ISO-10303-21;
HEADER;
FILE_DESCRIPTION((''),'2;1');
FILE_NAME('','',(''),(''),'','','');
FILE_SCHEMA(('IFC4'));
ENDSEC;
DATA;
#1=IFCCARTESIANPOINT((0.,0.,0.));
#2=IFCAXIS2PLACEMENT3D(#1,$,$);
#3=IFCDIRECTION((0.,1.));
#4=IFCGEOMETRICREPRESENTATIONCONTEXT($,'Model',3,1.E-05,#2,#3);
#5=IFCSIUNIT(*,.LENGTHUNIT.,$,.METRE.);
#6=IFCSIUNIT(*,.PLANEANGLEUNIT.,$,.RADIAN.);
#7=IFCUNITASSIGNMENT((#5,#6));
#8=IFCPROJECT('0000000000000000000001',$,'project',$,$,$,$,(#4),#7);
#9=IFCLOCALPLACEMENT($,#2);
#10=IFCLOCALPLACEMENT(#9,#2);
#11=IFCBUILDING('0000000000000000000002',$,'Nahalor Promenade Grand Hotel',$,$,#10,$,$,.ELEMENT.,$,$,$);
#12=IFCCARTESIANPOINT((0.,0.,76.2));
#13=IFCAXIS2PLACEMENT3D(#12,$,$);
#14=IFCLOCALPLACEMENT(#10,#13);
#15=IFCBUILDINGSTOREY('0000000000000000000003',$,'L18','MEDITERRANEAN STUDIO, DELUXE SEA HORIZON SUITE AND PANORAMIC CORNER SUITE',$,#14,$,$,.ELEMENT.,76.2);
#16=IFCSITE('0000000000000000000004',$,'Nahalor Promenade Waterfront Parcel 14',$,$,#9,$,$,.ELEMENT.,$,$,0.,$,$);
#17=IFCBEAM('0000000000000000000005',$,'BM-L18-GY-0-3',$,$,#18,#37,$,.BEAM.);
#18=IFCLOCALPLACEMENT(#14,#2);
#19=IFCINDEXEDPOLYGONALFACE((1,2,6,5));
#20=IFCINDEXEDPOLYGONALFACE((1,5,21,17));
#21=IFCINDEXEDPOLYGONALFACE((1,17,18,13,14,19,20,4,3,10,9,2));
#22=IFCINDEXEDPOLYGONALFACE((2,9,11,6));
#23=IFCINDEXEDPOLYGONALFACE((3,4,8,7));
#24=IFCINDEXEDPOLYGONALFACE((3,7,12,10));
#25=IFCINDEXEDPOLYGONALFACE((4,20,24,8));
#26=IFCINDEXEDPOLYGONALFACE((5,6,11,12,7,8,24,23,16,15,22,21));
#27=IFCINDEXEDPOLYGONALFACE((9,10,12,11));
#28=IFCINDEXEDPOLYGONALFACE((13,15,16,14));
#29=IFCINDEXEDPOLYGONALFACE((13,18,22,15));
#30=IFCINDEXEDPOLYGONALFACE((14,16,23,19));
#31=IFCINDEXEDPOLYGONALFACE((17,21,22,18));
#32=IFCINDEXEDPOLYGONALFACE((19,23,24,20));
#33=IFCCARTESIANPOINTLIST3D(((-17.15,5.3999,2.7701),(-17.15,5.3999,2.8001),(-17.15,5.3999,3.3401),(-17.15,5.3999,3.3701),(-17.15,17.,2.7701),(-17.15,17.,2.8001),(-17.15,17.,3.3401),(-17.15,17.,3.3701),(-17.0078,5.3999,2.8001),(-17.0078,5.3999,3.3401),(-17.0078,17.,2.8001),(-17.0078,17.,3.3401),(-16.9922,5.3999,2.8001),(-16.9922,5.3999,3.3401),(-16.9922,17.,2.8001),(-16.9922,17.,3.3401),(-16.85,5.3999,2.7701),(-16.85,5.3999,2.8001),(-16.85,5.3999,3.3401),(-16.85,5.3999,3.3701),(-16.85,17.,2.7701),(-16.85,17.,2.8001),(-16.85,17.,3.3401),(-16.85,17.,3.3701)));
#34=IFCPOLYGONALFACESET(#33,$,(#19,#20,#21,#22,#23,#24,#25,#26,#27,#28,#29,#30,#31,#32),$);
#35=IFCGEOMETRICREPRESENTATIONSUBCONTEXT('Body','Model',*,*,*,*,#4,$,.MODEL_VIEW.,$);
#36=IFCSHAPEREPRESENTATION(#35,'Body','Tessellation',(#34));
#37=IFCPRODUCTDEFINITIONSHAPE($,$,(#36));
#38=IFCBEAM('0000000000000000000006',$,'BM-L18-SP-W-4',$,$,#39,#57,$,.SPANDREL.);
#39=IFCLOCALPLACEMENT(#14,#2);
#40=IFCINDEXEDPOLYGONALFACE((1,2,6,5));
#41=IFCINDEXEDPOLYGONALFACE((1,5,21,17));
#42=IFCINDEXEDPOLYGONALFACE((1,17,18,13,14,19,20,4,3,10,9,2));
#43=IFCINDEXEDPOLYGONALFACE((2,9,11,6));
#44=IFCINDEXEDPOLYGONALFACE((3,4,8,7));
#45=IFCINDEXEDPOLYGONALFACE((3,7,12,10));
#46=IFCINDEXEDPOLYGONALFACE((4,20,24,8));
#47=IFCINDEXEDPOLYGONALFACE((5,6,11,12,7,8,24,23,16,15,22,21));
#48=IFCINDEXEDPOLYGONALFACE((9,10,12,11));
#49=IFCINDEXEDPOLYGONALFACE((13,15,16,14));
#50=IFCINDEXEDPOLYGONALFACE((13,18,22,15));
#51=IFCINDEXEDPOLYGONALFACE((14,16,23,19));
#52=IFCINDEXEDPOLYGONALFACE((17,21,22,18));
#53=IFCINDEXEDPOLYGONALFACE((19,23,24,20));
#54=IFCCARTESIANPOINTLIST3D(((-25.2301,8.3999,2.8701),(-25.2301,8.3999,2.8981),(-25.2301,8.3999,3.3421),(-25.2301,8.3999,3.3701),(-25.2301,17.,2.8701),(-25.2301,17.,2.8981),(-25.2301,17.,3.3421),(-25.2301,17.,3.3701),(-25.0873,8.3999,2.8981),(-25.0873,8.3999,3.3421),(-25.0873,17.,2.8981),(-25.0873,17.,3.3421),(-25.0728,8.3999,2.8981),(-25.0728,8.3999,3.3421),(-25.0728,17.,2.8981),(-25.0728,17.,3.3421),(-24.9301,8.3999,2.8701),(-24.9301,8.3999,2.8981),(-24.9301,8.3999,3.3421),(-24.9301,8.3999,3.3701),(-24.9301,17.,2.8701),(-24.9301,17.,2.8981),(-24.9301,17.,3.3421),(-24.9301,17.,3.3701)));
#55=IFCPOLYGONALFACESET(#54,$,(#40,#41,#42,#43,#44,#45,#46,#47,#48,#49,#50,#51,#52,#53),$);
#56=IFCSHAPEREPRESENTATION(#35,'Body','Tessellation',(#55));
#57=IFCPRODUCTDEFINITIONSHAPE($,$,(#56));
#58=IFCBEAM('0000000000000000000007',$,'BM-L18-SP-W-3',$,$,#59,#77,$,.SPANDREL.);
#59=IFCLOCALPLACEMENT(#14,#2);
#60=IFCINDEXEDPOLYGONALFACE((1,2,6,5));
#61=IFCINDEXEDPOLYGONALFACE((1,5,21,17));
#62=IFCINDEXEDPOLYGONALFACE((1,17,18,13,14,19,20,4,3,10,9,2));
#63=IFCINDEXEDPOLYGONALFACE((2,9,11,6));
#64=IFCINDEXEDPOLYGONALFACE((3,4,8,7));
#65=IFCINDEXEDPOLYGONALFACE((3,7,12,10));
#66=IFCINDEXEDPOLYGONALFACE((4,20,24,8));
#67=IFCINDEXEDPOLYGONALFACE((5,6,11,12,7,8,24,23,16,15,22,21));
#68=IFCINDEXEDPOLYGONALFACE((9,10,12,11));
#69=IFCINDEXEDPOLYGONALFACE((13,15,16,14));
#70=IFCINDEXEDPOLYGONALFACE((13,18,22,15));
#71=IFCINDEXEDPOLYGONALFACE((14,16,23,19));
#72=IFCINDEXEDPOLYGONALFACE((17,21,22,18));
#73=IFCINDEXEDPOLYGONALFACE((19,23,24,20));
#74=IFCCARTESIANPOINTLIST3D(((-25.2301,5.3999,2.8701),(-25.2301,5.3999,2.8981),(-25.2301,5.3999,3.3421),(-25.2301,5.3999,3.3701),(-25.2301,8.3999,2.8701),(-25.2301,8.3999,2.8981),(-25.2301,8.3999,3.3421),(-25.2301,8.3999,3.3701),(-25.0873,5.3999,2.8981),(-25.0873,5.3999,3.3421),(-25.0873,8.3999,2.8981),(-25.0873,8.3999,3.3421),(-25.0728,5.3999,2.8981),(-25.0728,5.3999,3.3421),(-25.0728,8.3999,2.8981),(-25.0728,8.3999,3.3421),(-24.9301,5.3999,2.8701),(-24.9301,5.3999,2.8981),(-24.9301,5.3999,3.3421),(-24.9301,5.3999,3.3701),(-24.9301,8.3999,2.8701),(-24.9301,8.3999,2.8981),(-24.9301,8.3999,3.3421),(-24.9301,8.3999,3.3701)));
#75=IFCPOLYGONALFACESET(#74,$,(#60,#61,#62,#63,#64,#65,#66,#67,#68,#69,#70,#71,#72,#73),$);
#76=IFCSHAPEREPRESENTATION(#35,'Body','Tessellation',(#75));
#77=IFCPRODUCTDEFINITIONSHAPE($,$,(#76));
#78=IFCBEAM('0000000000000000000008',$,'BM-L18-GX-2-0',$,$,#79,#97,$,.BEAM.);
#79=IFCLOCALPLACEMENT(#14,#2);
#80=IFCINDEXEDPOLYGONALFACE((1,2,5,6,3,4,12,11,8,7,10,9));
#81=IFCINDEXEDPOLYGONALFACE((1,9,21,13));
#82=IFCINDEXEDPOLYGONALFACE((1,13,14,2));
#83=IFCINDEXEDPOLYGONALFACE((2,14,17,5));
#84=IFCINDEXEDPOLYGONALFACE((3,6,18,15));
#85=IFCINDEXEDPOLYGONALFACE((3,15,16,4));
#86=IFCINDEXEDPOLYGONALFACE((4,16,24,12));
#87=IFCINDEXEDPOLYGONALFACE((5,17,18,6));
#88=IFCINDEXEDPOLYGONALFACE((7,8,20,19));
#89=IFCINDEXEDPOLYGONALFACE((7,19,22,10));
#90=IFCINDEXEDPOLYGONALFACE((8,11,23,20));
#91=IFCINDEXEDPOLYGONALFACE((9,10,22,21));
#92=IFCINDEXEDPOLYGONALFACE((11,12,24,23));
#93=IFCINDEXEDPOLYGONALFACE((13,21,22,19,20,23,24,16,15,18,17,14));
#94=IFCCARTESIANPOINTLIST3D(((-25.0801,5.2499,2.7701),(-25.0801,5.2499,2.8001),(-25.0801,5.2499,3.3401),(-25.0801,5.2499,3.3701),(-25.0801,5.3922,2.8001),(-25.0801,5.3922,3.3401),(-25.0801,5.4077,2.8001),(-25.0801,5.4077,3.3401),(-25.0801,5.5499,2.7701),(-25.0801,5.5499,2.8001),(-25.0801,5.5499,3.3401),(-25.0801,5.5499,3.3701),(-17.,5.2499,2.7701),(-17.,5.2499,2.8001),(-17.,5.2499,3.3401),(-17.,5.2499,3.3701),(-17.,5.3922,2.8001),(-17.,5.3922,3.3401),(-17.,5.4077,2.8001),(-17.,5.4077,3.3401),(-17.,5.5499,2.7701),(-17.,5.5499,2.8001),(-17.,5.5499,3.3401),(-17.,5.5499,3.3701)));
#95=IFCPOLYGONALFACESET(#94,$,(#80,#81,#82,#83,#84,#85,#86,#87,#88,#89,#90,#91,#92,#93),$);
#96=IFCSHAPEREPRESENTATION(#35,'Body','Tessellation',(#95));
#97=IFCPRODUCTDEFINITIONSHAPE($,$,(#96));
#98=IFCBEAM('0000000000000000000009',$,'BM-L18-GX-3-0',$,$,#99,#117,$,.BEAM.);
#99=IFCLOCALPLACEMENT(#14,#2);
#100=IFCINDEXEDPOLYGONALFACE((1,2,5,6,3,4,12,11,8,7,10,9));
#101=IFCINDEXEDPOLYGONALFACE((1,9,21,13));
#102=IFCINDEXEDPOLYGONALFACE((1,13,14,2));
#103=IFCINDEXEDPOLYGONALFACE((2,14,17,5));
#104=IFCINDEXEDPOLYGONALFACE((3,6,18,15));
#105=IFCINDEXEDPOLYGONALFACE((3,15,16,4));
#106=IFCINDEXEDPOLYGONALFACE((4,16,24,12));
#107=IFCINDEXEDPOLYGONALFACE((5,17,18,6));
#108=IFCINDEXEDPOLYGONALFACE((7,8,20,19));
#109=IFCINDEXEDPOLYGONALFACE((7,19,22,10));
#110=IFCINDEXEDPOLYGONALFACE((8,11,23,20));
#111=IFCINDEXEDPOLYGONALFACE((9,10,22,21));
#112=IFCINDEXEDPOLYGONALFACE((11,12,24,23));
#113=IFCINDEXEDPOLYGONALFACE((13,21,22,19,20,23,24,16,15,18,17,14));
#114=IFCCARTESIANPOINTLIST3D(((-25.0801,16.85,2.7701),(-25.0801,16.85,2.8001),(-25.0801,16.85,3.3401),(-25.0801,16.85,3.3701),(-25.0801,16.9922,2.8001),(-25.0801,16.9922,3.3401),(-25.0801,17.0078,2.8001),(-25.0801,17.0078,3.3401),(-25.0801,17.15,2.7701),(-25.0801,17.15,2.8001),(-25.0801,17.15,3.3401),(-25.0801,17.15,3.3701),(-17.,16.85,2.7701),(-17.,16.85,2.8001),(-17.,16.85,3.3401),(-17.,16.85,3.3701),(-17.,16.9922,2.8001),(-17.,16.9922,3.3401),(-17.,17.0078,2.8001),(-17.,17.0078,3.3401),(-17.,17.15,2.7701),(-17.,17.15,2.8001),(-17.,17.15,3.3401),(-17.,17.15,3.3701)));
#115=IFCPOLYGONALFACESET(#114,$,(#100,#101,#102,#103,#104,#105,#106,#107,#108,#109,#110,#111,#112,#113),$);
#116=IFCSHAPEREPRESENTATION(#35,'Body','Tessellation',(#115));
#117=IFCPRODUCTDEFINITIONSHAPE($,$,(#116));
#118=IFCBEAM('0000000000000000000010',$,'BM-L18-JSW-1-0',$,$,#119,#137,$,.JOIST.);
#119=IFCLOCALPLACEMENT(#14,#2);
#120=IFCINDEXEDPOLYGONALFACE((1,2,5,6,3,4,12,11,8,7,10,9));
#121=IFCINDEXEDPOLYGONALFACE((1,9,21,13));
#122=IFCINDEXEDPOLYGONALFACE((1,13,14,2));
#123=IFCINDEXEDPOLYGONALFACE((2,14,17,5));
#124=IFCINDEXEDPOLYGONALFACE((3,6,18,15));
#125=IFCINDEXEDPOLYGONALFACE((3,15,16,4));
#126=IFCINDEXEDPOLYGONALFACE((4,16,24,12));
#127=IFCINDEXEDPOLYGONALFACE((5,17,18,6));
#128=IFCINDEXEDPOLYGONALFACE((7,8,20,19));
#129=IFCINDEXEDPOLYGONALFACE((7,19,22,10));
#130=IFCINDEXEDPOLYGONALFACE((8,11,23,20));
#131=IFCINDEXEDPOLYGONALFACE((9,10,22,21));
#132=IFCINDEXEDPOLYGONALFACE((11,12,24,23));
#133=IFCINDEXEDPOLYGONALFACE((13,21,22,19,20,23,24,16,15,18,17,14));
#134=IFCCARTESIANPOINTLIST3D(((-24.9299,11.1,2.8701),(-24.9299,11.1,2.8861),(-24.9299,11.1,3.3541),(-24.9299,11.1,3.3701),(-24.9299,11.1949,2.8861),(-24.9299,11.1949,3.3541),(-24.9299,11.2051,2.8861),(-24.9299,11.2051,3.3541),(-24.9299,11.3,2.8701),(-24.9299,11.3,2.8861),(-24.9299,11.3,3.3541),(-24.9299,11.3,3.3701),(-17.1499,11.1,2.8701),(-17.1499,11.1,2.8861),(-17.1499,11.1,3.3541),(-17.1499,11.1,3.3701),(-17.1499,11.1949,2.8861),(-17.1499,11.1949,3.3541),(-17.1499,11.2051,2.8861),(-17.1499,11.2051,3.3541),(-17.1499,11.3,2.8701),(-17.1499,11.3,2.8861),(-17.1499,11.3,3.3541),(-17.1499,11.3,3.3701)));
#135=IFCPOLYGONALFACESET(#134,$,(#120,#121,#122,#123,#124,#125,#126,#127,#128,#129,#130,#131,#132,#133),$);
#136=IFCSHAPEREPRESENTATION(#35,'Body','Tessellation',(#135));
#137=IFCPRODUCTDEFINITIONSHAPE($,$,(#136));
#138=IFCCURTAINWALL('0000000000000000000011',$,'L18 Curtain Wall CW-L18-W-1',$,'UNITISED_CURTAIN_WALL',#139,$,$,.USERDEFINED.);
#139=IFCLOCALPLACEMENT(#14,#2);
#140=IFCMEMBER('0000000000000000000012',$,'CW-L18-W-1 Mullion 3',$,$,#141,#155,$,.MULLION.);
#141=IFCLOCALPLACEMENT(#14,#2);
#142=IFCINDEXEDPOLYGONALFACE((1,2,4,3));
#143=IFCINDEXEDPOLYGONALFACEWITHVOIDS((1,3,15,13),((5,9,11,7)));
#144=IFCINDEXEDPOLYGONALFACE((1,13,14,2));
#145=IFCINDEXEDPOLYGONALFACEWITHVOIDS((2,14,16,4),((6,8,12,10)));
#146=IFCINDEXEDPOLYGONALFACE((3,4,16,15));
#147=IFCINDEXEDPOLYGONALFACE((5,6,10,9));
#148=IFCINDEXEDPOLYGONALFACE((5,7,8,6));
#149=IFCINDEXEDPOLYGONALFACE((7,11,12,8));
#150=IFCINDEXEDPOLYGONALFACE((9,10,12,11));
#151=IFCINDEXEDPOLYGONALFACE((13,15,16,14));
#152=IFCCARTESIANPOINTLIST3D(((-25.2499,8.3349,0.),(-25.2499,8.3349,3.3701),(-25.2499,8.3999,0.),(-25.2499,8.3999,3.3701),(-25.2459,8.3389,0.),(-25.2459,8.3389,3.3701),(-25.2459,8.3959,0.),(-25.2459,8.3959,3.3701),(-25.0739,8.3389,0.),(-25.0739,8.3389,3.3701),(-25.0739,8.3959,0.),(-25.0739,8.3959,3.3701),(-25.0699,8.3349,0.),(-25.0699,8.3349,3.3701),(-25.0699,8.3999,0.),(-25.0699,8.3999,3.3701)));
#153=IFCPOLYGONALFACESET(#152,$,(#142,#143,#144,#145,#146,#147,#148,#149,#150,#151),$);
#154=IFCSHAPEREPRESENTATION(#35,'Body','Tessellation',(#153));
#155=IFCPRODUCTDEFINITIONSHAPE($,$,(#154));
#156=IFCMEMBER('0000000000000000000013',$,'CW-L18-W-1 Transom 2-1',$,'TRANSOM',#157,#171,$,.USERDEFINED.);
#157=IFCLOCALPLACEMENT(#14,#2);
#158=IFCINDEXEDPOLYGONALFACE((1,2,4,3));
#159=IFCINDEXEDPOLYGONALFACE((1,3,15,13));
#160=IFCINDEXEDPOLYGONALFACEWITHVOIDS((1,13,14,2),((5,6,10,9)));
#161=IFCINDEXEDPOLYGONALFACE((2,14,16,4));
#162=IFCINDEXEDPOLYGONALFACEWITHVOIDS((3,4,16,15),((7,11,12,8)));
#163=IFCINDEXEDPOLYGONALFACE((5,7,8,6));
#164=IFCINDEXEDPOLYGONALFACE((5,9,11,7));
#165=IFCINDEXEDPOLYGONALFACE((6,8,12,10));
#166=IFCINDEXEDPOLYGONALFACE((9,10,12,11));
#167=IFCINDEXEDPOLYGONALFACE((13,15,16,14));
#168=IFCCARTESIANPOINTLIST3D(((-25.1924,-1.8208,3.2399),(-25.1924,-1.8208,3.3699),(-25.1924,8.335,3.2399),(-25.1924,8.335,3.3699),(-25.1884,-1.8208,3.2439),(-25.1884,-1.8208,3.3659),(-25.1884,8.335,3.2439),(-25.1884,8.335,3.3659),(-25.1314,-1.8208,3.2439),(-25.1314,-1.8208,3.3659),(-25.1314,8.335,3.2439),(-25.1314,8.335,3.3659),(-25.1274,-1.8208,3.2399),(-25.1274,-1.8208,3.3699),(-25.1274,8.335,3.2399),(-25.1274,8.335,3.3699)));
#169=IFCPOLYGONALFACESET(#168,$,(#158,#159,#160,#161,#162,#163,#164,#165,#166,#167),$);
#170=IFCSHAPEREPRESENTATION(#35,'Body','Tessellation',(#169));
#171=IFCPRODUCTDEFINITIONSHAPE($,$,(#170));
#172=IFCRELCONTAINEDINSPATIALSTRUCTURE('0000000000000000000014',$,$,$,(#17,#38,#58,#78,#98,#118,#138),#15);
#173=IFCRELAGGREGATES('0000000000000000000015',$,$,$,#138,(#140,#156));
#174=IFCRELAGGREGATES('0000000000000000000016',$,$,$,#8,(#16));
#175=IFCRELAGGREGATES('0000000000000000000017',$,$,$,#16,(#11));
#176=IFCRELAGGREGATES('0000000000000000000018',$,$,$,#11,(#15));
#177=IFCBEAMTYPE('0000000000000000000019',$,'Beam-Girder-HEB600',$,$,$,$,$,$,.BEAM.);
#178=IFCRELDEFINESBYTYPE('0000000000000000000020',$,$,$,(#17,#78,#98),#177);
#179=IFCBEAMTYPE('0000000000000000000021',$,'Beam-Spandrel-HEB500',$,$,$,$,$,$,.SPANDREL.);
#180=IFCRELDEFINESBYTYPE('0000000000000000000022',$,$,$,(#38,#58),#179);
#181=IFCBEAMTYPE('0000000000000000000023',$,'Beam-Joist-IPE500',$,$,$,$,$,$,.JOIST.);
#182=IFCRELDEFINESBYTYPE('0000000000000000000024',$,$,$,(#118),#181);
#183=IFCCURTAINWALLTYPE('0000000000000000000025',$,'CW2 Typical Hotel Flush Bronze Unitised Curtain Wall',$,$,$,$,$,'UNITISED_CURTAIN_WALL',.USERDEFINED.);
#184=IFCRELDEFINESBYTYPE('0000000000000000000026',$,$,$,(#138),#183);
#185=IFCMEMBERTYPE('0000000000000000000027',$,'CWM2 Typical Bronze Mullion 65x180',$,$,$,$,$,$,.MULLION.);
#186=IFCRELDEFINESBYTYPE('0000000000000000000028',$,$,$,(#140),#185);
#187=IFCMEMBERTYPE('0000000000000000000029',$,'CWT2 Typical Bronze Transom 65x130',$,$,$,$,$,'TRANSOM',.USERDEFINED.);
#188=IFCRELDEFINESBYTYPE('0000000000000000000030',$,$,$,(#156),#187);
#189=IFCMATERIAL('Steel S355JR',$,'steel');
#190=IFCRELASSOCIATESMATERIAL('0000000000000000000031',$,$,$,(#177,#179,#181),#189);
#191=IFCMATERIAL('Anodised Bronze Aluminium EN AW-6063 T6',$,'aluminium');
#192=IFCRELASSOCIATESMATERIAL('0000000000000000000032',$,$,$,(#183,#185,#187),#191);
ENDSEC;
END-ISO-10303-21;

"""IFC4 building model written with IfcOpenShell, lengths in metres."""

from ifc_helpers import new_model, si_unit, direction, frame, origin, origin_2d, place, context, subcontext, project, spatial, hollow_rectangle, i_section, extrude, source, transform, mapped, material, material_profile, profile_set, type_object, element, aggregate, save


model = new_model("IFC4")

# Units and contexts
model_context = context("Model", 3, precision=1e-05, world=origin(), true_north=direction((0.0, 1.0)))
body_context = subcontext(model_context, "Body", "Model", "MODEL_VIEW")
ifc_project = project(units=[si_unit("LENGTHUNIT", "METRE"), si_unit("PLANEANGLEUNIT", "RADIAN")], contexts=[model_context])

# Site, building, storey
site_placement = place(None, origin())
site = spatial("IfcSite", under=ifc_project, at=site_placement, Name="Nahalor Promenade Waterfront Parcel 14", CompositionType="ELEMENT", RefElevation=0.0)
building_placement = place(site_placement, origin())
building = spatial("IfcBuilding", under=site, at=building_placement, Name="Nahalor Promenade Grand Hotel", CompositionType="ELEMENT")
storey_placement = place(building_placement, frame((0.0, 0.0, 76.2)))
storey = spatial("IfcBuildingStorey", under=building, at=storey_placement, Name="L18", Description="MEDITERRANEAN STUDIO, DELUXE SEA HORIZON SUITE AND PANORAMIC CORNER SUITE", CompositionType="ELEMENT", Elevation=76.2)

# Beams
ifc_material_1 = material(Name="Steel S355JR", Category="steel")
ifc_material_profile_1 = material_profile(ifc_material_1, i_section(OverallWidth=0.3, OverallDepth=0.6, WebThickness=0.0155, FlangeThickness=0.03, at=origin_2d()), Name="HEB 600")
ifc_profile_set_1 = profile_set([ifc_material_profile_1], Name="Steel S355JR")
beam_type_1 = type_object("IfcBeamType", Name="Beam-Girder-HEB600", PredefinedType="BEAM", material=ifc_profile_set_1)
shared_shape_1 = source(origin(), body_context, "Body", "SweptSolid", [
    extrude(i_section(OverallWidth=0.3, OverallDepth=0.6, WebThickness=0.0155, FlangeThickness=0.03, at=origin_2d()), origin(), (0.0, 0.0, 1.0), 11.6001),
])
beam_1_placement = place(storey_placement, frame((-17.0, 5.3999, 3.0701), z_axis=(0.0, 1.0, 0.0), x_axis=(-1.0, 0.0, 0.0)))
element("IfcBeam", 1, at=beam_1_placement, inside=storey, type_object=beam_type_1, Name="BM-L18-GY-0-3", PredefinedType="BEAM", context=body_context, shape_type="MappedRepresentation", body=[
    mapped(shared_shape_1, transform((0.0, 0.0, 0.0), scale=1.0)),
])
ifc_material_profile_2 = material_profile(ifc_material_1, i_section(OverallWidth=0.3, OverallDepth=0.5, WebThickness=0.0145, FlangeThickness=0.028, at=origin_2d()), Name="HEB 500")
ifc_profile_set_2 = profile_set([ifc_material_profile_2], Name="Steel S355JR")
beam_type_2 = type_object("IfcBeamType", Name="Beam-Spandrel-HEB500", PredefinedType="SPANDREL", material=ifc_profile_set_2)
shared_shape_2 = source(origin(), body_context, "Body", "SweptSolid", [
    extrude(i_section(OverallWidth=0.3, OverallDepth=0.5, WebThickness=0.0145, FlangeThickness=0.028, at=origin_2d()), origin(), (0.0, 0.0, 1.0), 8.6001),
])
beam_2_placement = place(storey_placement, frame((-25.0801, 8.3999, 3.1201), z_axis=(0.0, 1.0, 0.0), x_axis=(-1.0, 0.0, 0.0)))
element("IfcBeam", 2, at=beam_2_placement, inside=storey, type_object=beam_type_2, Name="BM-L18-SP-W-4", PredefinedType="SPANDREL", context=body_context, shape_type="MappedRepresentation", body=[
    mapped(shared_shape_2, transform((0.0, 0.0, 0.0), scale=1.0)),
])
shared_shape_3 = source(origin(), body_context, "Body", "SweptSolid", [
    extrude(i_section(OverallWidth=0.3, OverallDepth=0.5, WebThickness=0.0145, FlangeThickness=0.028, at=origin_2d()), origin(), (0.0, 0.0, 1.0), 3.0),
])
beam_3_placement = place(storey_placement, frame((-25.0801, 5.3999, 3.1201), z_axis=(0.0, 1.0, 0.0), x_axis=(-1.0, 0.0, 0.0)))
element("IfcBeam", 3, at=beam_3_placement, inside=storey, type_object=beam_type_2, Name="BM-L18-SP-W-3", PredefinedType="SPANDREL", context=body_context, shape_type="MappedRepresentation", body=[
    mapped(shared_shape_3, transform((0.0, 0.0, 0.0), scale=1.0)),
])
shared_shape_4 = source(origin(), body_context, "Body", "SweptSolid", [
    extrude(i_section(OverallWidth=0.3, OverallDepth=0.6, WebThickness=0.0155, FlangeThickness=0.03, at=origin_2d()), origin(), (0.0, 0.0, 1.0), 8.0801),
])
for number, where, z_axis, x_axis, name in (
    (4, (-25.0801, 5.3999, 3.0701), (1.0, 0.0, 0.0), (0.0, 1.0, 0.0), "BM-L18-GX-2-0"),
    (5, (-25.0801, 17.0, 3.0701), (1.0, 0.0, 0.0), (0.0, 1.0, 0.0), "BM-L18-GX-3-0"),
):
    element("IfcBeam", number, at=place(storey_placement, frame(where, z_axis=z_axis, x_axis=x_axis)), inside=storey, type_object=beam_type_1, Name=name, PredefinedType="BEAM", context=body_context, shape_type="MappedRepresentation", body=[
        mapped(shared_shape_4, transform((0.0, 0.0, 0.0), scale=1.0)),
    ])
ifc_material_profile_3 = material_profile(ifc_material_1, i_section(OverallWidth=0.2, OverallDepth=0.5, WebThickness=0.0102, FlangeThickness=0.016, at=origin_2d()), Name="IPE 500")
ifc_profile_set_3 = profile_set([ifc_material_profile_3], Name="Steel S355JR")
beam_type_3 = type_object("IfcBeamType", Name="Beam-Joist-IPE500", PredefinedType="JOIST", material=ifc_profile_set_3)
shared_shape_5 = source(origin(), body_context, "Body", "SweptSolid", [
    extrude(i_section(OverallWidth=0.2, OverallDepth=0.5, WebThickness=0.0102, FlangeThickness=0.016, at=origin_2d()), origin(), (0.0, 0.0, 1.0), 7.78),
])
beam_4_placement = place(storey_placement, frame((-24.9299, 11.2, 3.1201), z_axis=(1.0, 0.0, 0.0), x_axis=(0.0, 1.0, 0.0)))
element("IfcBeam", 6, at=beam_4_placement, inside=storey, type_object=beam_type_3, Name="BM-L18-JSW-1-0", PredefinedType="JOIST", context=body_context, shape_type="MappedRepresentation", body=[
    mapped(shared_shape_5, transform((0.0, 0.0, 0.0), scale=1.0)),
])

# Curtain wall, members
ifc_material_2 = material(Name="Anodised Bronze Aluminium EN AW-6063 T6", Category="aluminium")
curtain_wall_type = type_object("IfcCurtainWallType", Name="CW2 Typical Hotel Flush Bronze Unitised Curtain Wall", ElementType="UNITISED_CURTAIN_WALL", PredefinedType="USERDEFINED", material=ifc_material_2)
curtain_wall_placement = place(storey_placement, origin())
curtain_wall = element("IfcCurtainWall", 7, at=curtain_wall_placement, inside=storey, type_object=curtain_wall_type, Name="L18 Curtain Wall CW-L18-W-1", ObjectType="UNITISED_CURTAIN_WALL", PredefinedType="USERDEFINED")
ifc_material_profile_4 = material_profile(ifc_material_2, hollow_rectangle(XDim=0.065, YDim=0.18, WallThickness=0.004, at=origin_2d()), Name="CWM 65x180x4")
ifc_profile_set_4 = profile_set([ifc_material_profile_4], Name="Anodised Bronze Aluminium EN AW-6063 T6")
member_type_1 = type_object("IfcMemberType", Name="CWM2 Typical Bronze Mullion 65x180", PredefinedType="MULLION", material=ifc_profile_set_4)
shared_shape_6 = source(origin(), body_context, "Body", "SweptSolid", [
    extrude(hollow_rectangle(XDim=0.065, YDim=0.18, WallThickness=0.004, at=origin_2d()), origin(), (0.0, 0.0, 1.0), 3.3701),
])
member_1_placement = place(storey_placement, frame((-25.1599, 8.3674, 0.0), z_axis=(0.0, 0.0, 1.0), x_axis=(0.0, 1.0, 0.0)))
member_1 = element("IfcMember", 8, at=member_1_placement, type_object=member_type_1, Name="CW-L18-W-1 Mullion 3", PredefinedType="MULLION", context=body_context, shape_type="MappedRepresentation", body=[
    mapped(shared_shape_6, transform((0.0, 0.0, 0.0), scale=1.0)),
])
ifc_material_profile_5 = material_profile(ifc_material_2, hollow_rectangle(XDim=0.065, YDim=0.13, WallThickness=0.004, at=origin_2d()), Name="CWT 65x130x4")
ifc_profile_set_5 = profile_set([ifc_material_profile_5], Name="Anodised Bronze Aluminium EN AW-6063 T6")
member_type_2 = type_object("IfcMemberType", Name="CWT2 Typical Bronze Transom 65x130", ElementType="TRANSOM", PredefinedType="USERDEFINED", material=ifc_profile_set_5)
shared_shape_7 = source(origin(), body_context, "Body", "SweptSolid", [
    extrude(hollow_rectangle(XDim=0.065, YDim=0.13, WallThickness=0.004, at=origin_2d()), origin(), (0.0, 0.0, 1.0), 10.1558),
])
member_2_placement = place(storey_placement, frame((-25.1599, -1.8208, 3.3049), z_axis=(0.0, 1.0, 0.0), x_axis=(-1.0, 0.0, 0.0)))
member_2 = element("IfcMember", 9, at=member_2_placement, type_object=member_type_2, Name="CW-L18-W-1 Transom 2-1", ObjectType="TRANSOM", PredefinedType="USERDEFINED", context=body_context, shape_type="MappedRepresentation", body=[
    mapped(shared_shape_7, transform((0.0, 0.0, 0.0), scale=1.0)),
])
aggregate(curtain_wall, [member_1, member_2])

save(model, "model.ifc")
